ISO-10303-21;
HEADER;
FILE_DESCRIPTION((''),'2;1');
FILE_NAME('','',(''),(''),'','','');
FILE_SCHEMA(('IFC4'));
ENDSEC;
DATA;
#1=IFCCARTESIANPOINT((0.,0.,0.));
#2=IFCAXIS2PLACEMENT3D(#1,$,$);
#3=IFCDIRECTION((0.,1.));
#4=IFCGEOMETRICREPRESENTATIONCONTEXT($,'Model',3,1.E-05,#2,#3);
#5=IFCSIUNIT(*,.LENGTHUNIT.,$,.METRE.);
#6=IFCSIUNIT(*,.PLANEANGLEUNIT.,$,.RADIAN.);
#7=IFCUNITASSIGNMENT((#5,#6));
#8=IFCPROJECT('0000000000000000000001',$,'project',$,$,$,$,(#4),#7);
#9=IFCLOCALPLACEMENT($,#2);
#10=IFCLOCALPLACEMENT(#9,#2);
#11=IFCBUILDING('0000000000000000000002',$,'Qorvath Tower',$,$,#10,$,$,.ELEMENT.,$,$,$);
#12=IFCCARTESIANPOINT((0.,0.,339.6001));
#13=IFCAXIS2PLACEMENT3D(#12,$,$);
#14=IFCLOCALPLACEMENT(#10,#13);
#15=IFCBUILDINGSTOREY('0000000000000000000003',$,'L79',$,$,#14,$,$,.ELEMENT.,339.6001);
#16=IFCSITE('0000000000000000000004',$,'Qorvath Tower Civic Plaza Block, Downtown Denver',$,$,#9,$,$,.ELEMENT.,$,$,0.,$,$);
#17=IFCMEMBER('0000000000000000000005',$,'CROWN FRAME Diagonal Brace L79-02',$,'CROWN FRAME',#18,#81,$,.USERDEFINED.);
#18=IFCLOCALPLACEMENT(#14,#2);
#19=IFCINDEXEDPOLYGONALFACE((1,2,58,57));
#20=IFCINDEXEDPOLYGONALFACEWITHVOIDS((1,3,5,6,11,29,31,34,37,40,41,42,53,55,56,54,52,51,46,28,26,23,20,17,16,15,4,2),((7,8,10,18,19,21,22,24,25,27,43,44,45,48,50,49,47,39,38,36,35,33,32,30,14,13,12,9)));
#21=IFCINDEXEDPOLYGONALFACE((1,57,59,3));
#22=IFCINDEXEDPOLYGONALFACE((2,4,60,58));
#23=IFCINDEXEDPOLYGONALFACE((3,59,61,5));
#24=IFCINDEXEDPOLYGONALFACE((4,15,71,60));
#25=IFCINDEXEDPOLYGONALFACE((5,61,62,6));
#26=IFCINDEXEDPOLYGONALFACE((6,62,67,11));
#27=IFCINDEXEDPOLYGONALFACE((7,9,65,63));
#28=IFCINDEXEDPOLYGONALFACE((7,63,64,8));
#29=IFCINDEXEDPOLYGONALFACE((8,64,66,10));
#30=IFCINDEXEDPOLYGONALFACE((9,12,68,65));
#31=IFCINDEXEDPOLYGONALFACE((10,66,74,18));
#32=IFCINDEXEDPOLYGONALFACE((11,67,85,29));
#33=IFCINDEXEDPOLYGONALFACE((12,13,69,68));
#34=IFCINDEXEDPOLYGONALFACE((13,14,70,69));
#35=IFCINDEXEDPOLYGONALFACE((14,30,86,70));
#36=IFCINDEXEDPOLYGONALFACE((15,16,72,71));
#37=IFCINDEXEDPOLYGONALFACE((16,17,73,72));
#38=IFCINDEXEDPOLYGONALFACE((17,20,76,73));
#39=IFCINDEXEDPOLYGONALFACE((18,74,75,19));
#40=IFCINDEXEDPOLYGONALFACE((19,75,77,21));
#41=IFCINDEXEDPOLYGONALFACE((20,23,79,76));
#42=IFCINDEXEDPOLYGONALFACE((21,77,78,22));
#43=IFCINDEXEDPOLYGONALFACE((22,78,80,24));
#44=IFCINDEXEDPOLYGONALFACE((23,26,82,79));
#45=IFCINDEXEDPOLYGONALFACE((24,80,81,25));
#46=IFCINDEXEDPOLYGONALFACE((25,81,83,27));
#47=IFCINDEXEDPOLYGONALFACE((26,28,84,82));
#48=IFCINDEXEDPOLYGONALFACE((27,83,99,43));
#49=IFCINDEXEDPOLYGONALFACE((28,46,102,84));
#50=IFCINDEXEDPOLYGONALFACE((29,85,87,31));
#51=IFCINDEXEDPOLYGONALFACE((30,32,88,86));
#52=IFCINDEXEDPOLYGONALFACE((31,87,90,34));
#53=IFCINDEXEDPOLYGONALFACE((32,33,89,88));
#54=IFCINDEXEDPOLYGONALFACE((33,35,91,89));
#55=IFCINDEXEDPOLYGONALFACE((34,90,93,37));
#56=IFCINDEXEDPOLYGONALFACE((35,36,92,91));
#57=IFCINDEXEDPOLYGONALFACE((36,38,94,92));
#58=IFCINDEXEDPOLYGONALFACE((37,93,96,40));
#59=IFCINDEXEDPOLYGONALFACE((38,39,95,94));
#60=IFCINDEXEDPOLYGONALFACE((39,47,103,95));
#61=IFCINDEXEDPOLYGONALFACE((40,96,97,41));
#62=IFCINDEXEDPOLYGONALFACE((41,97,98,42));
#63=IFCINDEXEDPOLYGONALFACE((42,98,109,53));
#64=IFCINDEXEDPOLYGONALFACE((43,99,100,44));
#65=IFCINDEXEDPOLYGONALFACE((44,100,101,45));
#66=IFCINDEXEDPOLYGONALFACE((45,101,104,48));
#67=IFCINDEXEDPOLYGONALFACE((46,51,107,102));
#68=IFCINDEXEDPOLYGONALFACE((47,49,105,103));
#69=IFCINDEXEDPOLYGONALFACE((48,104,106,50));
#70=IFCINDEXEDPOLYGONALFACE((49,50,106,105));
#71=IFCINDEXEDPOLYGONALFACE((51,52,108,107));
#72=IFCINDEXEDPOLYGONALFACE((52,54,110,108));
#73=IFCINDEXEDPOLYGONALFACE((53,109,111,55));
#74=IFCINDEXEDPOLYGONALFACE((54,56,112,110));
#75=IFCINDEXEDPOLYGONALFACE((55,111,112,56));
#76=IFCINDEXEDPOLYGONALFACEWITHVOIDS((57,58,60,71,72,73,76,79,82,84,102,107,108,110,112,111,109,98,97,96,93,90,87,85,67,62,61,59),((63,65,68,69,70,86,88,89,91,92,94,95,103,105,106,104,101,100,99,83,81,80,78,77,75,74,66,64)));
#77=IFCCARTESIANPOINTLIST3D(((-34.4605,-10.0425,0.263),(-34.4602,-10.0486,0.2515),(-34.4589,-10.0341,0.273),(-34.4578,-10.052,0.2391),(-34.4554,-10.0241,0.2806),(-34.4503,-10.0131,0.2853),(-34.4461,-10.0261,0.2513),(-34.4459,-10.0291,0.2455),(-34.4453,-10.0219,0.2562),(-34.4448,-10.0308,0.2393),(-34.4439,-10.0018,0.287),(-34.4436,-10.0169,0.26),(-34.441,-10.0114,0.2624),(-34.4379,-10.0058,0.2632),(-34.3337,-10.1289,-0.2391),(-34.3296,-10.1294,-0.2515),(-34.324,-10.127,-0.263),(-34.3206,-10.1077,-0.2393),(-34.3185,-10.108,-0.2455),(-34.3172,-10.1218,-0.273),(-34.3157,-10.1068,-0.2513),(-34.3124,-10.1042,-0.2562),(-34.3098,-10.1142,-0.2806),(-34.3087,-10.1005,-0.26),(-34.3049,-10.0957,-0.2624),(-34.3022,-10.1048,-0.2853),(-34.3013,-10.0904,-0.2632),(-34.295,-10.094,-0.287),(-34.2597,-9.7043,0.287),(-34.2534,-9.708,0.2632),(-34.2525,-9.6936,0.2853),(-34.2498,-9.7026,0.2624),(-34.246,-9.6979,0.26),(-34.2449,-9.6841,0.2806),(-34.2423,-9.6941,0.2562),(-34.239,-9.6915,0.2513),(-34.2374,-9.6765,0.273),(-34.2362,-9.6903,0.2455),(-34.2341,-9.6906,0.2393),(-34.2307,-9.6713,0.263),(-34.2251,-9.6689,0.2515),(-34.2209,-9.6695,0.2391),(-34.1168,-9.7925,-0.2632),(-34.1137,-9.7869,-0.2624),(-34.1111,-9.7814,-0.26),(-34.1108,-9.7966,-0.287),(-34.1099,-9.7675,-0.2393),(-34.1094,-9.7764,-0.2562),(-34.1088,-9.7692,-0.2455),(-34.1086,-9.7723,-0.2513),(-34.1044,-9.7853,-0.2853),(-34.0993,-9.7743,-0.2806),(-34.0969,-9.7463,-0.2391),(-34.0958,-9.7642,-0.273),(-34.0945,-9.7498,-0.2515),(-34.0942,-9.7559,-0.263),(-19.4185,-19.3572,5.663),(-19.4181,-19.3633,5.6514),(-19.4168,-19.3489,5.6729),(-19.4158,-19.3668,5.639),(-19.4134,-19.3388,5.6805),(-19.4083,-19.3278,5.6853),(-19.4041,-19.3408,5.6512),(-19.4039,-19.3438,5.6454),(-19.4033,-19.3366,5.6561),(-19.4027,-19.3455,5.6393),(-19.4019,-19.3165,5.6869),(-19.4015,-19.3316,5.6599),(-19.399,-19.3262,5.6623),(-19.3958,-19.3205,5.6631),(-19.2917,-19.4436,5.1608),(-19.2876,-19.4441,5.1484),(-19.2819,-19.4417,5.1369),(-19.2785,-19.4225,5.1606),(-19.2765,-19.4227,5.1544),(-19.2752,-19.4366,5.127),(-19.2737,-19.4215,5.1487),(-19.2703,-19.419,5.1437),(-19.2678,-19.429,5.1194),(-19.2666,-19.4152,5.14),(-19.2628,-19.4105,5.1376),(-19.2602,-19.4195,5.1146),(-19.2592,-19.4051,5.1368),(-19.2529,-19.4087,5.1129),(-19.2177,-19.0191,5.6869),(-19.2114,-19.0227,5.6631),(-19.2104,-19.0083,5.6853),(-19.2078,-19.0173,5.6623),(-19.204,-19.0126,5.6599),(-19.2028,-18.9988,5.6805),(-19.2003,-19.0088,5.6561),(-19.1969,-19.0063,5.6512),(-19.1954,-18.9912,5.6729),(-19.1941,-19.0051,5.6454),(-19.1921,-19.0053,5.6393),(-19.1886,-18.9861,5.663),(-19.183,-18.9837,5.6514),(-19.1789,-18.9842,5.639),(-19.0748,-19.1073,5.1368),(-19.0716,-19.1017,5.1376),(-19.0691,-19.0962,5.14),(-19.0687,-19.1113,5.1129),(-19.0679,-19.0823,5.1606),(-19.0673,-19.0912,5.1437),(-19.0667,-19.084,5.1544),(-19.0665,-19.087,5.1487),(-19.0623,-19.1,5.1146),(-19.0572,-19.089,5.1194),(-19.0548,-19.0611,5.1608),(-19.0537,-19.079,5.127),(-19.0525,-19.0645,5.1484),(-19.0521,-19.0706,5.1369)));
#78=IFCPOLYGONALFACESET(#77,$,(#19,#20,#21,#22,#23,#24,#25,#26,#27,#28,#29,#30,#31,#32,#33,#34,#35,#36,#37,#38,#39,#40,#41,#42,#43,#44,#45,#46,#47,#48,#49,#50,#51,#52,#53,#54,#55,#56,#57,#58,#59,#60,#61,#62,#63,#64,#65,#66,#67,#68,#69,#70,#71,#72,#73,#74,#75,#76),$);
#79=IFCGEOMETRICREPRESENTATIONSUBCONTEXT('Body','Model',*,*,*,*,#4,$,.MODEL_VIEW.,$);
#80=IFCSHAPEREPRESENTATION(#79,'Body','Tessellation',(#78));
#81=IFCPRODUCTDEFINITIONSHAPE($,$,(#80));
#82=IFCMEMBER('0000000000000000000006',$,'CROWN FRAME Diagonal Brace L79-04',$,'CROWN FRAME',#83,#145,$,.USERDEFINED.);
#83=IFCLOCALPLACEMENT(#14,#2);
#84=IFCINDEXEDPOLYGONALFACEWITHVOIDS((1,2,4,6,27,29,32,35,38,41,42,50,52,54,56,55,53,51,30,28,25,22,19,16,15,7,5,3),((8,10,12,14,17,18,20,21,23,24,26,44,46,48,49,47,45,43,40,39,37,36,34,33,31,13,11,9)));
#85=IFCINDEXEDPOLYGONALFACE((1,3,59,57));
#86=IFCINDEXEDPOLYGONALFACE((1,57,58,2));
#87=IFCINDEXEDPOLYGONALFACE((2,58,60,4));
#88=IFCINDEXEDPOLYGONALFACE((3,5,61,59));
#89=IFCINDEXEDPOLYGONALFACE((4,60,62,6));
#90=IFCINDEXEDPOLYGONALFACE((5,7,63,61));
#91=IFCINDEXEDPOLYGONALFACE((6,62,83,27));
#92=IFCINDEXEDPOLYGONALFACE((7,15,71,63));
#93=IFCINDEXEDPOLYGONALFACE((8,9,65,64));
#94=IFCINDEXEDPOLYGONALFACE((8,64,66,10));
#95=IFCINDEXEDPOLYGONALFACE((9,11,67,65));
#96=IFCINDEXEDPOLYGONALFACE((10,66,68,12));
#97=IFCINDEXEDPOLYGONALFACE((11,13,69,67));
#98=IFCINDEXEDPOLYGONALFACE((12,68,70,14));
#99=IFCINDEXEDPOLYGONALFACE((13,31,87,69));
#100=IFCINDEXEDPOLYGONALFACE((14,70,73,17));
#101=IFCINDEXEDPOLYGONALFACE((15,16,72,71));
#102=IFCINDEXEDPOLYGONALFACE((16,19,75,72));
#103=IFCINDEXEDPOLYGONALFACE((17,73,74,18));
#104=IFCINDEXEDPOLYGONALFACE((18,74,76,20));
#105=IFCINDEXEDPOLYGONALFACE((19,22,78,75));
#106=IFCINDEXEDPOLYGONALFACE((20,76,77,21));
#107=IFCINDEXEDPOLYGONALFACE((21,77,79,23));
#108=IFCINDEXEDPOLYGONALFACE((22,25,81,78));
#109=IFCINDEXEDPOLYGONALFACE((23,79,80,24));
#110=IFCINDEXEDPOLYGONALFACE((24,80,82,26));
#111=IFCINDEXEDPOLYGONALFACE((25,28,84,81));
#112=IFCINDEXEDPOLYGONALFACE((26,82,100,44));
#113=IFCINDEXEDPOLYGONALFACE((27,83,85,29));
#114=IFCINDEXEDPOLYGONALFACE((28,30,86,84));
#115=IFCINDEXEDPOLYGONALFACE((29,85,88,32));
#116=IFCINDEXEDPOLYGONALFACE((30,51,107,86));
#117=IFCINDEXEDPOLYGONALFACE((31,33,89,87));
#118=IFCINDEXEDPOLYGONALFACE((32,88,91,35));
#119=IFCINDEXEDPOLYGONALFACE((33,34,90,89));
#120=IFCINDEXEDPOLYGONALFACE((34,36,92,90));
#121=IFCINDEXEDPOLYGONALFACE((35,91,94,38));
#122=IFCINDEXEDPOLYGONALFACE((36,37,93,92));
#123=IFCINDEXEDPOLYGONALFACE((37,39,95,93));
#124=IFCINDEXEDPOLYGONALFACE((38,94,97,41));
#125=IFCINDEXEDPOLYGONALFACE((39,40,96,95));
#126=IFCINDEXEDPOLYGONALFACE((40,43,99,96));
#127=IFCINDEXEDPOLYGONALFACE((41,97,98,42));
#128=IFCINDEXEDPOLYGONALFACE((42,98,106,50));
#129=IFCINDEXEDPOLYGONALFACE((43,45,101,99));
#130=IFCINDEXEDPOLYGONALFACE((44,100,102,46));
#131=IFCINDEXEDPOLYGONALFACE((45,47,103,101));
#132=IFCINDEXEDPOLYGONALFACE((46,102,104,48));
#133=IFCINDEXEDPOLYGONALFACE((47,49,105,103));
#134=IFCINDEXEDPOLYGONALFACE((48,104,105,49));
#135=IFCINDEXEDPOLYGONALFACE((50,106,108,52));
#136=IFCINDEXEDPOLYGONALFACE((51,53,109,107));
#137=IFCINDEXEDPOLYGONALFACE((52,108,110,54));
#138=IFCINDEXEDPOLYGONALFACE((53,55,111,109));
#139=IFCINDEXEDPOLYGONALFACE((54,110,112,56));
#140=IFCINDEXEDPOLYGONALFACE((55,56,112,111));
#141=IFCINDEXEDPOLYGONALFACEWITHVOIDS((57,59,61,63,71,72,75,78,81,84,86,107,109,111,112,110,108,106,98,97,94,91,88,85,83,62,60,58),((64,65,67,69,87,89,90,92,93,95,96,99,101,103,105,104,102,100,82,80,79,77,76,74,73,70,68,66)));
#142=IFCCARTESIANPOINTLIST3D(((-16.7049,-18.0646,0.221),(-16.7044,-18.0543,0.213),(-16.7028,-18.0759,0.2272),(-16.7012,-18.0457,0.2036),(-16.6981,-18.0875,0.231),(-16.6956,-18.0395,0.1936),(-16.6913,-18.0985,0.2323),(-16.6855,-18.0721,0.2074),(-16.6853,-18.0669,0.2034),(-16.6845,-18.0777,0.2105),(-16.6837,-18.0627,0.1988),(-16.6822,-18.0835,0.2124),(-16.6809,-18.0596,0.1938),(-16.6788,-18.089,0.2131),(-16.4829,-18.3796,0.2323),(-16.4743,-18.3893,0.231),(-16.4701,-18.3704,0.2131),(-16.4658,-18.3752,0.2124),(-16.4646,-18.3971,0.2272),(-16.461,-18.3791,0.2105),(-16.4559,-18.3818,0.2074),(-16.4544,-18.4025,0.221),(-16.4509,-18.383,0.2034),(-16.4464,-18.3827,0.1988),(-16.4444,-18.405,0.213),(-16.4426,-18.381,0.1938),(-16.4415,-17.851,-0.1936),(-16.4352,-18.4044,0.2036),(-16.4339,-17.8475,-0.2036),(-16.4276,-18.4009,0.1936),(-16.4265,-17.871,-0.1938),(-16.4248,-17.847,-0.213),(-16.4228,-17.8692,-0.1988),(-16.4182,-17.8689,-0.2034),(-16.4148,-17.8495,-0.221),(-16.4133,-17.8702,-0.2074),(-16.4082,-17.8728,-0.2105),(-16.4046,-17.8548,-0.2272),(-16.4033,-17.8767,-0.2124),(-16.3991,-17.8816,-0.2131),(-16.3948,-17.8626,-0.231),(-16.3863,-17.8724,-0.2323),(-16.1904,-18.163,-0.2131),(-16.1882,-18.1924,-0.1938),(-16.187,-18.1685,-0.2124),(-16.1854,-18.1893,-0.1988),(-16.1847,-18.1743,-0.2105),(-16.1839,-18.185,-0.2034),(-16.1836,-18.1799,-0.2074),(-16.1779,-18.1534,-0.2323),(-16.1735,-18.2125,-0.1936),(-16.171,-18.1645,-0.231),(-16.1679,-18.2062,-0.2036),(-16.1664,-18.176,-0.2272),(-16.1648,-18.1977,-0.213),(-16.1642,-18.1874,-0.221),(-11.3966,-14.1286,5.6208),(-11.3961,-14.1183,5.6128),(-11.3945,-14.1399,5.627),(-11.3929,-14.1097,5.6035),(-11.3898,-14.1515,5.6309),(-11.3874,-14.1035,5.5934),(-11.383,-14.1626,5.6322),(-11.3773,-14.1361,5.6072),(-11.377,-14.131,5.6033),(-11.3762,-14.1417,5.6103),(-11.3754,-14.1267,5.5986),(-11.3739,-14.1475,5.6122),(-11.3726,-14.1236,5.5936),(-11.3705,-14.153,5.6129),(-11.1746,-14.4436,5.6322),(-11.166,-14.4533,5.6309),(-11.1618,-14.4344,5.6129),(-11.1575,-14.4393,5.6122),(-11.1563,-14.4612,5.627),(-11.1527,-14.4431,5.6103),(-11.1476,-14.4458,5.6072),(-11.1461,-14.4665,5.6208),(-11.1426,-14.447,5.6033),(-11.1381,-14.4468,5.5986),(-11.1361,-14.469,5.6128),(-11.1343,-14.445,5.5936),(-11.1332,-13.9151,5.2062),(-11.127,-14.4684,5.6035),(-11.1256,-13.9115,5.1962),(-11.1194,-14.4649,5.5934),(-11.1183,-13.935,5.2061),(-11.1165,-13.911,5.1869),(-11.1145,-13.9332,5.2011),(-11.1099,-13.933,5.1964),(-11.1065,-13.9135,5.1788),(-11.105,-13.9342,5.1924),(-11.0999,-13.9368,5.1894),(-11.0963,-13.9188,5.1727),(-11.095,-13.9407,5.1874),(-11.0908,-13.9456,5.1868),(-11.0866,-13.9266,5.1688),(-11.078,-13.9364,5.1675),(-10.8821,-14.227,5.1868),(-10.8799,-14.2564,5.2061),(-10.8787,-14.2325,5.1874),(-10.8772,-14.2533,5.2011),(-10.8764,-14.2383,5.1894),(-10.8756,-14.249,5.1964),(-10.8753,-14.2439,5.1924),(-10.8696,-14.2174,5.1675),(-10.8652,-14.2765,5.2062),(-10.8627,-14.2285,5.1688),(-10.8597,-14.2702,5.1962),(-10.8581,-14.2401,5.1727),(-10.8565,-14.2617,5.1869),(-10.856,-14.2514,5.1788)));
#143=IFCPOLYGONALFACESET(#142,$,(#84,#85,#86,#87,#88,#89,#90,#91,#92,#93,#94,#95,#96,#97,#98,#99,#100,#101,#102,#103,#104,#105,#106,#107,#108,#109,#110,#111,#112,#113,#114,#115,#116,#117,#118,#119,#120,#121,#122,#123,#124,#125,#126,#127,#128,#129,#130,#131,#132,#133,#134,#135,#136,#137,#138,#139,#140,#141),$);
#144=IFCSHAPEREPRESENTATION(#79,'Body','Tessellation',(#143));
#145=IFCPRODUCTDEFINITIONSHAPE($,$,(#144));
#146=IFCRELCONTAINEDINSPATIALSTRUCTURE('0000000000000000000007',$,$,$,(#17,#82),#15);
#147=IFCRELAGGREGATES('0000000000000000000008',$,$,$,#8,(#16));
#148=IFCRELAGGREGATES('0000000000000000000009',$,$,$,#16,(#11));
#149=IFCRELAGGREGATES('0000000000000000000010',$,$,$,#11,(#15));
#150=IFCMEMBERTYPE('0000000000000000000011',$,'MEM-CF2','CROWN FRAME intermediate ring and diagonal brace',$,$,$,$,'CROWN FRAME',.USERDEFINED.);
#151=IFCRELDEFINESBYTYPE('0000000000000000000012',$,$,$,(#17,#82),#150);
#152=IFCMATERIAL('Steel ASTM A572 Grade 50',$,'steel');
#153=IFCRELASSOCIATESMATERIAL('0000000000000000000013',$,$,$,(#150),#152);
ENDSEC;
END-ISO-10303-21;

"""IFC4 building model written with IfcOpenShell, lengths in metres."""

from ifc_helpers import new_model, si_unit, direction, frame, origin, origin_2d, place, context, subcontext, project, spatial, hollow_rectangle, extrude, material, material_profile, profile_set, type_object, element, save


model = new_model("IFC4")

# Units and contexts
model_context = context("Model", 3, precision=1e-05, world=origin(), true_north=direction((0.0, 1.0)))
body_context = subcontext(model_context, "Body", "Model", "MODEL_VIEW")
ifc_project = project(units=[si_unit("LENGTHUNIT", "METRE"), si_unit("PLANEANGLEUNIT", "RADIAN")], contexts=[model_context])

# Site, building, storey
site_placement = place(None, origin())
site = spatial("IfcSite", under=ifc_project, at=site_placement, Name="Qorvath Tower Civic Plaza Block, Downtown Denver", CompositionType="ELEMENT", RefElevation=0.0)
building_placement = place(site_placement, origin())
building = spatial("IfcBuilding", under=site, at=building_placement, Name="Qorvath Tower", CompositionType="ELEMENT")
storey_placement = place(building_placement, frame((0.0, 0.0, 339.6001)))
storey = spatial("IfcBuildingStorey", under=building, at=storey_placement, Name="L79", CompositionType="ELEMENT", Elevation=339.6001)

# Members
ifc_material_1 = material(Name="Steel ASTM A572 Grade 50", Category="steel")
ifc_material_profile_1 = material_profile(ifc_material_1, hollow_rectangle(XDim=0.45, YDim=0.6001, WallThickness=0.0249, InnerFilletRadius=0.0249, OuterFilletRadius=0.05, at=origin_2d()), Name="CROWN BOX 600x450x25")
ifc_profile_set_1 = profile_set([ifc_material_profile_1], Name="Steel ASTM A572 Grade 50")
member_type_1 = type_object("IfcMemberType", Name="MEM-CF2", Description="CROWN FRAME intermediate ring and diagonal brace", ElementType="CROWN FRAME", PredefinedType="USERDEFINED", material=ifc_profile_set_1)
member_1_placement = place(storey_placement, frame((-34.2773, -9.8992, 0.0), z_axis=(0.813159, -0.503546, 0.291915), x_axis=(0.526477, 0.85019, 0.0)))
element("IfcMember", 1, at=member_1_placement, inside=storey, type_object=member_type_1, Name="CROWN FRAME Diagonal Brace L79-02", ObjectType="CROWN FRAME", PredefinedType="USERDEFINED", context=body_context, shape_type="SweptSolid", body=[
    extrude(hollow_rectangle(XDim=0.45, YDim=0.6001, WallThickness=0.0249, InnerFilletRadius=0.0249, OuterFilletRadius=0.05, at=origin_2d()), origin(), (0.0, 0.0, 1.0), 18.4983),
])
member_2_placement = place(storey_placement, frame((-16.4346, -18.126, 0.0), z_axis=(0.62202, 0.461216, 0.632748), x_axis=(-0.595611, 0.803273, 0.0)))
element("IfcMember", 2, at=member_2_placement, inside=storey, type_object=member_type_1, Name="CROWN FRAME Diagonal Brace L79-04", ObjectType="CROWN FRAME", PredefinedType="USERDEFINED", context=body_context, shape_type="SweptSolid", body=[
    extrude(hollow_rectangle(XDim=0.45, YDim=0.6001, WallThickness=0.0249, InnerFilletRadius=0.0249, OuterFilletRadius=0.05, at=origin_2d()), origin(), (0.0, 0.0, 1.0), 8.5339),
])

save(model, "model.ifc")
